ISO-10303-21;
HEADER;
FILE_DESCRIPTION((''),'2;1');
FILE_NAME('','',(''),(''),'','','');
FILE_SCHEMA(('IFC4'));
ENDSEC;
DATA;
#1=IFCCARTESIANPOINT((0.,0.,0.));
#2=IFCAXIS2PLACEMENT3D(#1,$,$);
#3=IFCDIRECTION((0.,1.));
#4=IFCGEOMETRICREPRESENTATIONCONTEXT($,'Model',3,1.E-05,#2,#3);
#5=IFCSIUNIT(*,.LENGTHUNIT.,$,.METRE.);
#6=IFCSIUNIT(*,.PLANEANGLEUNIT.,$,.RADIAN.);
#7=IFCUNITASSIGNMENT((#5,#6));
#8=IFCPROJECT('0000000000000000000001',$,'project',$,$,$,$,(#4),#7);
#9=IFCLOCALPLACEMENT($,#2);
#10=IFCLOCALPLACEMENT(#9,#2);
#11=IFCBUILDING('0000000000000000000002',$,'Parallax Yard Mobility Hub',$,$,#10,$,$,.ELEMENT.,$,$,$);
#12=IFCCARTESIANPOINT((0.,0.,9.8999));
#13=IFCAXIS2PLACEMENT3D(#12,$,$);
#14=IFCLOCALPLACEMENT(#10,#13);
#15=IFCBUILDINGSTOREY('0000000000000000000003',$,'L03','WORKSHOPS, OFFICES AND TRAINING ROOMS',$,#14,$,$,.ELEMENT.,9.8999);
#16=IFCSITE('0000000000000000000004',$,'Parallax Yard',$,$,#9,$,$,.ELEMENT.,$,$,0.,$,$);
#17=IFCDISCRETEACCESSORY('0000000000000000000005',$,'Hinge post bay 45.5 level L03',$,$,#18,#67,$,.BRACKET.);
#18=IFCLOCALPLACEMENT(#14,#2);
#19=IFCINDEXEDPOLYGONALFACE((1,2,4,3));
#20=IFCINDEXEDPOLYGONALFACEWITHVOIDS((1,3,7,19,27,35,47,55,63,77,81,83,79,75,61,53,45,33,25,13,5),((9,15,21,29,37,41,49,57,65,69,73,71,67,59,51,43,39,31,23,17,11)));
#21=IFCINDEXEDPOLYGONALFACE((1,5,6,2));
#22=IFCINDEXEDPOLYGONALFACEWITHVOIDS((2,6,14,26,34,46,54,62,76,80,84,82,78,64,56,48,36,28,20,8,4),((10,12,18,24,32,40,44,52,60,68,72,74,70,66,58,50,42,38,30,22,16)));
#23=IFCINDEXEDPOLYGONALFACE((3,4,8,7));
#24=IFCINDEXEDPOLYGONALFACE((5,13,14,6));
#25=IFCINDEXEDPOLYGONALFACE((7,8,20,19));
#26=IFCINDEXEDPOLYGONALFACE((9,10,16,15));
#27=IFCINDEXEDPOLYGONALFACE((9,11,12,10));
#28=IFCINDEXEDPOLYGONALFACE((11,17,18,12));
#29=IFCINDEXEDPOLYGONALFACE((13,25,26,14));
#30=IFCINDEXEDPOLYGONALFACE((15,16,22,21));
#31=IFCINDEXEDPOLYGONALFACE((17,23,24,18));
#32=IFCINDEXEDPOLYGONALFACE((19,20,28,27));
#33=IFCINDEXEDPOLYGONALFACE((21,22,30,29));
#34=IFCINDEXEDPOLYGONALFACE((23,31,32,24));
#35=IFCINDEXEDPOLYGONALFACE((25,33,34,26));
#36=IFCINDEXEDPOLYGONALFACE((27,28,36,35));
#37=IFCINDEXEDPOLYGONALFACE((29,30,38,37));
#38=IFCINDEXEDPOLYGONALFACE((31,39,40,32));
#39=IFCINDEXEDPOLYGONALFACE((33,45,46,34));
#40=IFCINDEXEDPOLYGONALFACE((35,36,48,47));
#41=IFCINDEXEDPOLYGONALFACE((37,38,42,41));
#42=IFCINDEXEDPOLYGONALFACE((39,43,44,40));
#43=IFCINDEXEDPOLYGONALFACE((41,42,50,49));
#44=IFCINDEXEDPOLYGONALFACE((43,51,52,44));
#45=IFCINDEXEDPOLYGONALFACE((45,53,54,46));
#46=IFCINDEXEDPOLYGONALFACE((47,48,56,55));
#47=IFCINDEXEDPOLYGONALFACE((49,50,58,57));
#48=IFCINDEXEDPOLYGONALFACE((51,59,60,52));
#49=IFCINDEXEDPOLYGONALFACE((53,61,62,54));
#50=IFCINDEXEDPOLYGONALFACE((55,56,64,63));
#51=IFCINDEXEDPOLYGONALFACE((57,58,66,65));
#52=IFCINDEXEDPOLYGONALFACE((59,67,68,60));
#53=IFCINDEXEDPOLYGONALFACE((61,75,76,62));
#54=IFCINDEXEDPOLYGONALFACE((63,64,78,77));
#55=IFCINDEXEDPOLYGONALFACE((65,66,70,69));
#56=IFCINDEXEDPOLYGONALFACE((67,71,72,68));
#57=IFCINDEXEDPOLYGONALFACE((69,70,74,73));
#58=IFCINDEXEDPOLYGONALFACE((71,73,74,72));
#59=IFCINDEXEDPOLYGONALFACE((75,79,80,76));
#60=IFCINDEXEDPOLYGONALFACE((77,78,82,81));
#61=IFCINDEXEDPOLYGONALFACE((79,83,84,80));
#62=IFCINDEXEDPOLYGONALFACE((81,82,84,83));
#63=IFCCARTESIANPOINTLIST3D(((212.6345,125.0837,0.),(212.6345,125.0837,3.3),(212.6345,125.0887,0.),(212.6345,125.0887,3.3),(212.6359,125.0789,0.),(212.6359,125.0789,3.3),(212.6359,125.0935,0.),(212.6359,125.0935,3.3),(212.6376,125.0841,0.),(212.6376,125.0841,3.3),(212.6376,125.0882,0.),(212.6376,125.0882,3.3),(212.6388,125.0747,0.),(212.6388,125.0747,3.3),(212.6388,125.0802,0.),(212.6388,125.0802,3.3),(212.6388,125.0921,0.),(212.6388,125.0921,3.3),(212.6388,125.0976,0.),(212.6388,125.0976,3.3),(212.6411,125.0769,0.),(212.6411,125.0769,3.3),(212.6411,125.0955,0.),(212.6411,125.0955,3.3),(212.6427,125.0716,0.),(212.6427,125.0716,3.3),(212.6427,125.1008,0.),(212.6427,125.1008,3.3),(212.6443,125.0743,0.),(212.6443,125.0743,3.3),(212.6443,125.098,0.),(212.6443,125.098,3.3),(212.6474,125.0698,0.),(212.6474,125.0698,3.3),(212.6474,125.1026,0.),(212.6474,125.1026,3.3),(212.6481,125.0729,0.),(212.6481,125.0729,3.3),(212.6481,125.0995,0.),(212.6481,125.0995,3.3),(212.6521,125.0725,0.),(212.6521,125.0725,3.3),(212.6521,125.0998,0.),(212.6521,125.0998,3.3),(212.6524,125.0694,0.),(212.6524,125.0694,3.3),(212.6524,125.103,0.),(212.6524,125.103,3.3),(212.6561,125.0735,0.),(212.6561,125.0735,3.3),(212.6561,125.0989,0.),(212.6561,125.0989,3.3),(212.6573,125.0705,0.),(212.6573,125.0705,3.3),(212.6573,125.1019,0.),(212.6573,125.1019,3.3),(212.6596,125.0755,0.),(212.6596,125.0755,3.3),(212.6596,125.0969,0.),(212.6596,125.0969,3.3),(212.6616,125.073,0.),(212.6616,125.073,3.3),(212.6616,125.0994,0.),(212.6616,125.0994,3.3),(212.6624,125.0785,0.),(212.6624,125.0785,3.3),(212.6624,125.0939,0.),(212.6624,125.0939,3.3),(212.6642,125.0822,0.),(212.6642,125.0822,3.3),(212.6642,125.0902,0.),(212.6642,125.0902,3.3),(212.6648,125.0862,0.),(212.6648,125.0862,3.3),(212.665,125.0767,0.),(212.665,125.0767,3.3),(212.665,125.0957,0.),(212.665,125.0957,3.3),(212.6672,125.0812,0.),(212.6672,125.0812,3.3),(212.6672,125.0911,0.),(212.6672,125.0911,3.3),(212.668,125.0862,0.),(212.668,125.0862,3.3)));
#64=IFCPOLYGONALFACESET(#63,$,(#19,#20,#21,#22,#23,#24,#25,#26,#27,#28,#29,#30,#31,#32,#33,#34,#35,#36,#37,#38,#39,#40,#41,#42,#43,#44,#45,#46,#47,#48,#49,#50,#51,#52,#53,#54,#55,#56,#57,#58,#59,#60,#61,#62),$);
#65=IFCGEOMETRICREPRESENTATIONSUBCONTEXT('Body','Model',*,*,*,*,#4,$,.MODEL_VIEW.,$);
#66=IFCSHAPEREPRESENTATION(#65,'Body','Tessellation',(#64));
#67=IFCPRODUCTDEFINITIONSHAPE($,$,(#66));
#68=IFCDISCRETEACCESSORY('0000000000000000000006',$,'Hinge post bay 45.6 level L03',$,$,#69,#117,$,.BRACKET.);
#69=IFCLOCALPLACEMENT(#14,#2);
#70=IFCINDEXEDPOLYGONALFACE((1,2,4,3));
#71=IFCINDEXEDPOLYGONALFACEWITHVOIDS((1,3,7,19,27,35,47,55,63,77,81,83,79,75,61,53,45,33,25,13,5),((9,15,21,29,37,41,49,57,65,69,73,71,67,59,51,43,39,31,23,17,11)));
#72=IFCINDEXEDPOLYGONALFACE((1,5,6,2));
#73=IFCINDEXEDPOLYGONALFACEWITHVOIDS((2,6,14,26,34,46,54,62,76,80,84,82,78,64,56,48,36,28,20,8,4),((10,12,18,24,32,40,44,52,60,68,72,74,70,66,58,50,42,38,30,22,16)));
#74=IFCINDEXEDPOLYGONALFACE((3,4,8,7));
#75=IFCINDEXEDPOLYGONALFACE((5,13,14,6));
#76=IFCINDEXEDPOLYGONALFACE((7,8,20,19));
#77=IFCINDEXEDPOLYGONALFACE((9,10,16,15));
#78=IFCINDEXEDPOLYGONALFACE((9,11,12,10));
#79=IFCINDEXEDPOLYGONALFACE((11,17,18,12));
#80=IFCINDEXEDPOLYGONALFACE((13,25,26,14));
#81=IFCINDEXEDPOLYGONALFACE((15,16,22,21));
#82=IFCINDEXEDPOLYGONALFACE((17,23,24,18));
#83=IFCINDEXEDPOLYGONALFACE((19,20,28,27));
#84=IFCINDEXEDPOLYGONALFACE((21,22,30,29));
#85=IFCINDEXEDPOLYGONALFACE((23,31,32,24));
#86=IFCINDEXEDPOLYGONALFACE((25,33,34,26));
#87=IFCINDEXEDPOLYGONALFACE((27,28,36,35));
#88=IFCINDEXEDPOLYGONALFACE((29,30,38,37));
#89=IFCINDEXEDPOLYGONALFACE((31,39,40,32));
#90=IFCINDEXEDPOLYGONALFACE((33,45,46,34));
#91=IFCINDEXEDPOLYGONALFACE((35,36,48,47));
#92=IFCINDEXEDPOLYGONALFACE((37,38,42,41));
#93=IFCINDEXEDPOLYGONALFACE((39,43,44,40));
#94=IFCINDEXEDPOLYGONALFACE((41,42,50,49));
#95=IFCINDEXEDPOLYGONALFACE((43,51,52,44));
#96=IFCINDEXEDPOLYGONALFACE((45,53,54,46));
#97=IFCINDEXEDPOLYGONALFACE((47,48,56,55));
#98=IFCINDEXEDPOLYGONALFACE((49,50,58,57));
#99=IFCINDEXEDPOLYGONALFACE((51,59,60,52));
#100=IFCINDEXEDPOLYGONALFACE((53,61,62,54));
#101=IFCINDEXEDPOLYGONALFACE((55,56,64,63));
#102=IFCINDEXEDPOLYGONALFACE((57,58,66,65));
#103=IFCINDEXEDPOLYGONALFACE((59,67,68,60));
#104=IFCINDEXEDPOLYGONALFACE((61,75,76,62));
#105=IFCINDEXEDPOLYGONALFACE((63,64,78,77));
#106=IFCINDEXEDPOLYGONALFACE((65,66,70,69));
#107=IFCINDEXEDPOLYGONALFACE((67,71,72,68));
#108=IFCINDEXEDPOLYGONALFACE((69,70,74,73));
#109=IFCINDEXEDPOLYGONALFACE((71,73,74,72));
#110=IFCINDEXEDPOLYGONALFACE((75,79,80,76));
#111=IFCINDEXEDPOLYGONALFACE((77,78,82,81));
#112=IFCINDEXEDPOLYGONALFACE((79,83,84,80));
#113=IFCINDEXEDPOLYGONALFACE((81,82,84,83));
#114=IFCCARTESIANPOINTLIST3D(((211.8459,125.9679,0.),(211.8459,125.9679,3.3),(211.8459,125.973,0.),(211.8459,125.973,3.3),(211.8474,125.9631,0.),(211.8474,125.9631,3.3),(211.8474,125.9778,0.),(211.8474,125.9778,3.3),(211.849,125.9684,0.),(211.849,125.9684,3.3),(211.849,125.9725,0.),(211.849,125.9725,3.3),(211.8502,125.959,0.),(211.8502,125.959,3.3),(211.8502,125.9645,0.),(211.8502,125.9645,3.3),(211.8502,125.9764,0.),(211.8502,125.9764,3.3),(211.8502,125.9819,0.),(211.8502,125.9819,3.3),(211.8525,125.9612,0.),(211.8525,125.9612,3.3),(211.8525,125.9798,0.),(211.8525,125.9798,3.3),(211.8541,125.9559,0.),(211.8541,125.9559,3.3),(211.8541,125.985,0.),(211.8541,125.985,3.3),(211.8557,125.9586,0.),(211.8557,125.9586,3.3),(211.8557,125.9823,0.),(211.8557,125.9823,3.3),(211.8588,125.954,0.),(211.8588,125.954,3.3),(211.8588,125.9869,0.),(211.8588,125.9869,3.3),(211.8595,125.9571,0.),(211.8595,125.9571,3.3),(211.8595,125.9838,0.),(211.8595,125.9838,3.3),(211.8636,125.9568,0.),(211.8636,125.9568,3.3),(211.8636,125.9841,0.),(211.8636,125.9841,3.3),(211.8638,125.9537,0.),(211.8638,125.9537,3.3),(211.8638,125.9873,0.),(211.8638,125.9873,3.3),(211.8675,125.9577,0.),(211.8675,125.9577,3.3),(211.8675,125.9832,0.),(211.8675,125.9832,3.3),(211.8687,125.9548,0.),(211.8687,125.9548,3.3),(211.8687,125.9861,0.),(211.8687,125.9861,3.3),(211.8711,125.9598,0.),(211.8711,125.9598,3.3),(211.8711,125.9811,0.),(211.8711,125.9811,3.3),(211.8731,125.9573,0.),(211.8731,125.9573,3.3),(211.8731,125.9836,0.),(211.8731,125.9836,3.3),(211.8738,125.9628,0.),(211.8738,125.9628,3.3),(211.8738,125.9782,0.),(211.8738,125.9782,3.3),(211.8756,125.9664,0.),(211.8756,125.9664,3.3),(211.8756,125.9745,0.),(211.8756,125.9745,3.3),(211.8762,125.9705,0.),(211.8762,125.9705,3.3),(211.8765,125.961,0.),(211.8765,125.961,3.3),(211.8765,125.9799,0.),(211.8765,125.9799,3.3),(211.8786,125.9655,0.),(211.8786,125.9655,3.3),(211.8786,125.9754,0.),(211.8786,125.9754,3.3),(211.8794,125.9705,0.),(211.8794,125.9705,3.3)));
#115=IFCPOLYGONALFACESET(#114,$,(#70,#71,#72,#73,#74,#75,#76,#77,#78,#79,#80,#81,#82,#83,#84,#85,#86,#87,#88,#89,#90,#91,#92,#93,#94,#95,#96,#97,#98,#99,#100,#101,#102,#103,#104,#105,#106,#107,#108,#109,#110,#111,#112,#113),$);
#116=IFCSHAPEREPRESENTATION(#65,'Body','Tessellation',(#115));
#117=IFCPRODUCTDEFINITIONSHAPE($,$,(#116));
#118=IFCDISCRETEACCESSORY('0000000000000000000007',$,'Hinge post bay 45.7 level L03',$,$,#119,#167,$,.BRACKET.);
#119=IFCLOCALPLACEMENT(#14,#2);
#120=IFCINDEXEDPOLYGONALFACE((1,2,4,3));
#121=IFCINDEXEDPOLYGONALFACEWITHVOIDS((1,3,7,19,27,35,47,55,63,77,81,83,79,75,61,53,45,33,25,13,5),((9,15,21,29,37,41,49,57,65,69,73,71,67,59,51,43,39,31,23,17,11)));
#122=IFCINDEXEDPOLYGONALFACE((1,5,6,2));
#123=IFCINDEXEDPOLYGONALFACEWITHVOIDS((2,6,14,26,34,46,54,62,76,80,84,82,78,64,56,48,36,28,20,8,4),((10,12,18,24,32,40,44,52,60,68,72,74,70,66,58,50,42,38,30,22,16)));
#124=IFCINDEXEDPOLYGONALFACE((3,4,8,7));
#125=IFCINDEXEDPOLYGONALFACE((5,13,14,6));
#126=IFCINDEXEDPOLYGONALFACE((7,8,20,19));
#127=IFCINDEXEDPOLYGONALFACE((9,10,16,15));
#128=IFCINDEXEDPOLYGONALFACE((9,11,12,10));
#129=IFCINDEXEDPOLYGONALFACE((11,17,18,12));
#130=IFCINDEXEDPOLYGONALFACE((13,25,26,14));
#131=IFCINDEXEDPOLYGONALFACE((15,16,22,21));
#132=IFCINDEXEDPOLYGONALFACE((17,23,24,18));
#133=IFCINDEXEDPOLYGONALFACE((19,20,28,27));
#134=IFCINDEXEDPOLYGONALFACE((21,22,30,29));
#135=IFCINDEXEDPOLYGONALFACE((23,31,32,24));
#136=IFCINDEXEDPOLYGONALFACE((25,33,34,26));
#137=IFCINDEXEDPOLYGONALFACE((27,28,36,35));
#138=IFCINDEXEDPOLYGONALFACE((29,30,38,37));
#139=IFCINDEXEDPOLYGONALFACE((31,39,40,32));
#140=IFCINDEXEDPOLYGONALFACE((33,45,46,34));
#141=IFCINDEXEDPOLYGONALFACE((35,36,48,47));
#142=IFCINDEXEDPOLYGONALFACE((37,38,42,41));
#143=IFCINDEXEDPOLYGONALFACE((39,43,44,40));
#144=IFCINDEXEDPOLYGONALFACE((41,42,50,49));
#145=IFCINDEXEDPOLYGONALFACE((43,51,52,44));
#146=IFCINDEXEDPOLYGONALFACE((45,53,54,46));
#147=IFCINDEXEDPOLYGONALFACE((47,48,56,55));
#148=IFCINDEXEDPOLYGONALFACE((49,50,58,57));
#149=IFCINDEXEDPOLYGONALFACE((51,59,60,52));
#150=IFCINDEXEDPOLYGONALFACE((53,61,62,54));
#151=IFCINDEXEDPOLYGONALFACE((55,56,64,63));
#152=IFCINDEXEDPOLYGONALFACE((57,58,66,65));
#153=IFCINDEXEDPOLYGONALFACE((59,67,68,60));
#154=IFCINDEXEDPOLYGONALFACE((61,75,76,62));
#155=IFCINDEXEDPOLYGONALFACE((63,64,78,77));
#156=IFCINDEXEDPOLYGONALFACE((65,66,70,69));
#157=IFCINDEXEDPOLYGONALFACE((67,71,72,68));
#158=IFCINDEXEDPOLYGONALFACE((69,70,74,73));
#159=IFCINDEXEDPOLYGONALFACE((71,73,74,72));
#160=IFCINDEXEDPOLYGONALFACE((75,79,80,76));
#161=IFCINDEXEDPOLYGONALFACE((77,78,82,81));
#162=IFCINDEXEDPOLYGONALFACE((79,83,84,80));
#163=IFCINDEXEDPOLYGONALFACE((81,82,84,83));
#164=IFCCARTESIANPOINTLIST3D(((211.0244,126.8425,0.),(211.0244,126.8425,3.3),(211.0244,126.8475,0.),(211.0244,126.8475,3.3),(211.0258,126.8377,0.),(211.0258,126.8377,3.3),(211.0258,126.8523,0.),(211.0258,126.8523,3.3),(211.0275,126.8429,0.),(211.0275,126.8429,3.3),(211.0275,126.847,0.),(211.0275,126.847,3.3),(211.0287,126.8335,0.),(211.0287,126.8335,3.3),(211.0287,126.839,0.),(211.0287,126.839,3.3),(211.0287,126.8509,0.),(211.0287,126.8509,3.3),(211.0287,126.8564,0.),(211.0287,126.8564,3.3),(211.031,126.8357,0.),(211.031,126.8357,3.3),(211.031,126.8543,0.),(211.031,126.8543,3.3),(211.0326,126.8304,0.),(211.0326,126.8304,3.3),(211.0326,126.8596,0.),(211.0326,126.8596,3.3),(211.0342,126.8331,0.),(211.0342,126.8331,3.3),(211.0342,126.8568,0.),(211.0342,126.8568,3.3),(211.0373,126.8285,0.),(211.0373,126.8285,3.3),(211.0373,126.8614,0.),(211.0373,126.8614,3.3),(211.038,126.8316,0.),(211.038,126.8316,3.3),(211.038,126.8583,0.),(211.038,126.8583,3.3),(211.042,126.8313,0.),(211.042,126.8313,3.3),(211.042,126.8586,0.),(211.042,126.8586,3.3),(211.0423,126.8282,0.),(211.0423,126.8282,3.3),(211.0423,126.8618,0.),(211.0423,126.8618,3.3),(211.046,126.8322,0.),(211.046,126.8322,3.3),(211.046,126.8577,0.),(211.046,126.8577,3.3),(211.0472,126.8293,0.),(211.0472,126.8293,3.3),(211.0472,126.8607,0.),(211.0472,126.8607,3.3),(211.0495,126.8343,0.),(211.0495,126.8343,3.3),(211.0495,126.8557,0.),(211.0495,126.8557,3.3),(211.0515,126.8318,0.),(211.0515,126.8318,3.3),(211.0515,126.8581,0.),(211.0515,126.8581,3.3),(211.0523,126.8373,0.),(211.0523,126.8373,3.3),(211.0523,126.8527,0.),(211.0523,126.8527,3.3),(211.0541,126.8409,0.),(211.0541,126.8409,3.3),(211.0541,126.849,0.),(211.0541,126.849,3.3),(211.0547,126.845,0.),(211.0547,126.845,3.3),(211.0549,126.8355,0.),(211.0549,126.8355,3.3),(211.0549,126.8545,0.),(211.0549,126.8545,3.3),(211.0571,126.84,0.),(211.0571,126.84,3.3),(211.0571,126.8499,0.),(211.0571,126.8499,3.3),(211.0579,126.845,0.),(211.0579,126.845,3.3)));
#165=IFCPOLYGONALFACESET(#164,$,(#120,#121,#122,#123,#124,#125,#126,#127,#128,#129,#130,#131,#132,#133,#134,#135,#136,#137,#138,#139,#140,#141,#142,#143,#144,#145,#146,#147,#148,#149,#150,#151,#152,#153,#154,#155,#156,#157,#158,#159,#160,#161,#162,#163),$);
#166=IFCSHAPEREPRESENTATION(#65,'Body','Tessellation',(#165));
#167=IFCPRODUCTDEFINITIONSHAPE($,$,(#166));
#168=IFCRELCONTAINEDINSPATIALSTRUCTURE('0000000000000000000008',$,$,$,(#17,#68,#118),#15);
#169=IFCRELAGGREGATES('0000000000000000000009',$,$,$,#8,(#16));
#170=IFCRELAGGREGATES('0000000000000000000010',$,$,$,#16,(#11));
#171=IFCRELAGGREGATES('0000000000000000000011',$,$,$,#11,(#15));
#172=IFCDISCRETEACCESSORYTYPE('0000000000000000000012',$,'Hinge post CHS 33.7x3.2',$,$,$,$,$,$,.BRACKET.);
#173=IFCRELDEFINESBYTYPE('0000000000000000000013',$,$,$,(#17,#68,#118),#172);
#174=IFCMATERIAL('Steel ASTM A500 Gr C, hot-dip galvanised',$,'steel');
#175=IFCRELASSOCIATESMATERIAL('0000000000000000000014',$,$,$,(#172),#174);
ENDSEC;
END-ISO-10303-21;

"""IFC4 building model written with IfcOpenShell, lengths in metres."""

from ifc_helpers import new_model, si_unit, direction, frame, origin, origin_2d, place, context, subcontext, project, spatial, hollow_circle, extrude, material, material_profile, profile_set, type_object, element, save


model = new_model("IFC4")

# Units and contexts
model_context = context("Model", 3, precision=1e-05, world=origin(), true_north=direction((0.0, 1.0)))
body_context = subcontext(model_context, "Body", "Model", "MODEL_VIEW")
ifc_project = project(units=[si_unit("LENGTHUNIT", "METRE"), si_unit("PLANEANGLEUNIT", "RADIAN")], contexts=[model_context])

# Site, building, storey
site_placement = place(None, origin())
site = spatial("IfcSite", under=ifc_project, at=site_placement, Name="Parallax Yard", CompositionType="ELEMENT", RefElevation=0.0)
building_placement = place(site_placement, origin())
building = spatial("IfcBuilding", under=site, at=building_placement, Name="Parallax Yard Mobility Hub", CompositionType="ELEMENT")
storey_placement = place(building_placement, frame((0.0, 0.0, 9.8999)))
storey = spatial("IfcBuildingStorey", under=building, at=storey_placement, Name="L03", Description="WORKSHOPS, OFFICES AND TRAINING ROOMS", CompositionType="ELEMENT", Elevation=9.8999)

# Discrete accessories
ifc_material_1 = material(Name="Steel ASTM A500 Gr C, hot-dip galvanised", Category="steel")
ifc_material_profile_1 = material_profile(ifc_material_1, hollow_circle(Radius=0.0168, WallThickness=0.0032, at=origin_2d()), Name="CHS 33.7x3.2")
ifc_profile_set_1 = profile_set([ifc_material_profile_1], Name="Steel ASTM A500 Gr C, hot-dip galvanised")
discrete_accessory_type_1 = type_object("IfcDiscreteAccessoryType", Name="Hinge post CHS 33.7x3.2", PredefinedType="BRACKET", material=ifc_profile_set_1)
for number, where, z_axis, x_axis, name in (
    (1, (212.6511, 125.0862, 0.0), (0.0, 0.0, 1.0), (1.0, 0.0, 0.0), "Hinge post bay 45.5 level L03"),
    (2, (211.8625, 125.9705, 0.0), (0.0, 0.0, 1.0), (1.0, 0.0, 0.0), "Hinge post bay 45.6 level L03"),
    (3, (211.041, 126.845, 0.0), (0.0, 0.0, 1.0), (1.0, 0.0, 0.0), "Hinge post bay 45.7 level L03"),
):
    element("IfcDiscreteAccessory", number, at=place(storey_placement, frame(where, z_axis=z_axis, x_axis=x_axis)), inside=storey, type_object=discrete_accessory_type_1, Name=name, PredefinedType="BRACKET", context=body_context, shape_type="SweptSolid", body=[
        extrude(hollow_circle(Radius=0.0168, WallThickness=0.0032, at=origin_2d()), origin(), (0.0, 0.0, 1.0), 3.3),
    ])

save(model, "model.ifc")
